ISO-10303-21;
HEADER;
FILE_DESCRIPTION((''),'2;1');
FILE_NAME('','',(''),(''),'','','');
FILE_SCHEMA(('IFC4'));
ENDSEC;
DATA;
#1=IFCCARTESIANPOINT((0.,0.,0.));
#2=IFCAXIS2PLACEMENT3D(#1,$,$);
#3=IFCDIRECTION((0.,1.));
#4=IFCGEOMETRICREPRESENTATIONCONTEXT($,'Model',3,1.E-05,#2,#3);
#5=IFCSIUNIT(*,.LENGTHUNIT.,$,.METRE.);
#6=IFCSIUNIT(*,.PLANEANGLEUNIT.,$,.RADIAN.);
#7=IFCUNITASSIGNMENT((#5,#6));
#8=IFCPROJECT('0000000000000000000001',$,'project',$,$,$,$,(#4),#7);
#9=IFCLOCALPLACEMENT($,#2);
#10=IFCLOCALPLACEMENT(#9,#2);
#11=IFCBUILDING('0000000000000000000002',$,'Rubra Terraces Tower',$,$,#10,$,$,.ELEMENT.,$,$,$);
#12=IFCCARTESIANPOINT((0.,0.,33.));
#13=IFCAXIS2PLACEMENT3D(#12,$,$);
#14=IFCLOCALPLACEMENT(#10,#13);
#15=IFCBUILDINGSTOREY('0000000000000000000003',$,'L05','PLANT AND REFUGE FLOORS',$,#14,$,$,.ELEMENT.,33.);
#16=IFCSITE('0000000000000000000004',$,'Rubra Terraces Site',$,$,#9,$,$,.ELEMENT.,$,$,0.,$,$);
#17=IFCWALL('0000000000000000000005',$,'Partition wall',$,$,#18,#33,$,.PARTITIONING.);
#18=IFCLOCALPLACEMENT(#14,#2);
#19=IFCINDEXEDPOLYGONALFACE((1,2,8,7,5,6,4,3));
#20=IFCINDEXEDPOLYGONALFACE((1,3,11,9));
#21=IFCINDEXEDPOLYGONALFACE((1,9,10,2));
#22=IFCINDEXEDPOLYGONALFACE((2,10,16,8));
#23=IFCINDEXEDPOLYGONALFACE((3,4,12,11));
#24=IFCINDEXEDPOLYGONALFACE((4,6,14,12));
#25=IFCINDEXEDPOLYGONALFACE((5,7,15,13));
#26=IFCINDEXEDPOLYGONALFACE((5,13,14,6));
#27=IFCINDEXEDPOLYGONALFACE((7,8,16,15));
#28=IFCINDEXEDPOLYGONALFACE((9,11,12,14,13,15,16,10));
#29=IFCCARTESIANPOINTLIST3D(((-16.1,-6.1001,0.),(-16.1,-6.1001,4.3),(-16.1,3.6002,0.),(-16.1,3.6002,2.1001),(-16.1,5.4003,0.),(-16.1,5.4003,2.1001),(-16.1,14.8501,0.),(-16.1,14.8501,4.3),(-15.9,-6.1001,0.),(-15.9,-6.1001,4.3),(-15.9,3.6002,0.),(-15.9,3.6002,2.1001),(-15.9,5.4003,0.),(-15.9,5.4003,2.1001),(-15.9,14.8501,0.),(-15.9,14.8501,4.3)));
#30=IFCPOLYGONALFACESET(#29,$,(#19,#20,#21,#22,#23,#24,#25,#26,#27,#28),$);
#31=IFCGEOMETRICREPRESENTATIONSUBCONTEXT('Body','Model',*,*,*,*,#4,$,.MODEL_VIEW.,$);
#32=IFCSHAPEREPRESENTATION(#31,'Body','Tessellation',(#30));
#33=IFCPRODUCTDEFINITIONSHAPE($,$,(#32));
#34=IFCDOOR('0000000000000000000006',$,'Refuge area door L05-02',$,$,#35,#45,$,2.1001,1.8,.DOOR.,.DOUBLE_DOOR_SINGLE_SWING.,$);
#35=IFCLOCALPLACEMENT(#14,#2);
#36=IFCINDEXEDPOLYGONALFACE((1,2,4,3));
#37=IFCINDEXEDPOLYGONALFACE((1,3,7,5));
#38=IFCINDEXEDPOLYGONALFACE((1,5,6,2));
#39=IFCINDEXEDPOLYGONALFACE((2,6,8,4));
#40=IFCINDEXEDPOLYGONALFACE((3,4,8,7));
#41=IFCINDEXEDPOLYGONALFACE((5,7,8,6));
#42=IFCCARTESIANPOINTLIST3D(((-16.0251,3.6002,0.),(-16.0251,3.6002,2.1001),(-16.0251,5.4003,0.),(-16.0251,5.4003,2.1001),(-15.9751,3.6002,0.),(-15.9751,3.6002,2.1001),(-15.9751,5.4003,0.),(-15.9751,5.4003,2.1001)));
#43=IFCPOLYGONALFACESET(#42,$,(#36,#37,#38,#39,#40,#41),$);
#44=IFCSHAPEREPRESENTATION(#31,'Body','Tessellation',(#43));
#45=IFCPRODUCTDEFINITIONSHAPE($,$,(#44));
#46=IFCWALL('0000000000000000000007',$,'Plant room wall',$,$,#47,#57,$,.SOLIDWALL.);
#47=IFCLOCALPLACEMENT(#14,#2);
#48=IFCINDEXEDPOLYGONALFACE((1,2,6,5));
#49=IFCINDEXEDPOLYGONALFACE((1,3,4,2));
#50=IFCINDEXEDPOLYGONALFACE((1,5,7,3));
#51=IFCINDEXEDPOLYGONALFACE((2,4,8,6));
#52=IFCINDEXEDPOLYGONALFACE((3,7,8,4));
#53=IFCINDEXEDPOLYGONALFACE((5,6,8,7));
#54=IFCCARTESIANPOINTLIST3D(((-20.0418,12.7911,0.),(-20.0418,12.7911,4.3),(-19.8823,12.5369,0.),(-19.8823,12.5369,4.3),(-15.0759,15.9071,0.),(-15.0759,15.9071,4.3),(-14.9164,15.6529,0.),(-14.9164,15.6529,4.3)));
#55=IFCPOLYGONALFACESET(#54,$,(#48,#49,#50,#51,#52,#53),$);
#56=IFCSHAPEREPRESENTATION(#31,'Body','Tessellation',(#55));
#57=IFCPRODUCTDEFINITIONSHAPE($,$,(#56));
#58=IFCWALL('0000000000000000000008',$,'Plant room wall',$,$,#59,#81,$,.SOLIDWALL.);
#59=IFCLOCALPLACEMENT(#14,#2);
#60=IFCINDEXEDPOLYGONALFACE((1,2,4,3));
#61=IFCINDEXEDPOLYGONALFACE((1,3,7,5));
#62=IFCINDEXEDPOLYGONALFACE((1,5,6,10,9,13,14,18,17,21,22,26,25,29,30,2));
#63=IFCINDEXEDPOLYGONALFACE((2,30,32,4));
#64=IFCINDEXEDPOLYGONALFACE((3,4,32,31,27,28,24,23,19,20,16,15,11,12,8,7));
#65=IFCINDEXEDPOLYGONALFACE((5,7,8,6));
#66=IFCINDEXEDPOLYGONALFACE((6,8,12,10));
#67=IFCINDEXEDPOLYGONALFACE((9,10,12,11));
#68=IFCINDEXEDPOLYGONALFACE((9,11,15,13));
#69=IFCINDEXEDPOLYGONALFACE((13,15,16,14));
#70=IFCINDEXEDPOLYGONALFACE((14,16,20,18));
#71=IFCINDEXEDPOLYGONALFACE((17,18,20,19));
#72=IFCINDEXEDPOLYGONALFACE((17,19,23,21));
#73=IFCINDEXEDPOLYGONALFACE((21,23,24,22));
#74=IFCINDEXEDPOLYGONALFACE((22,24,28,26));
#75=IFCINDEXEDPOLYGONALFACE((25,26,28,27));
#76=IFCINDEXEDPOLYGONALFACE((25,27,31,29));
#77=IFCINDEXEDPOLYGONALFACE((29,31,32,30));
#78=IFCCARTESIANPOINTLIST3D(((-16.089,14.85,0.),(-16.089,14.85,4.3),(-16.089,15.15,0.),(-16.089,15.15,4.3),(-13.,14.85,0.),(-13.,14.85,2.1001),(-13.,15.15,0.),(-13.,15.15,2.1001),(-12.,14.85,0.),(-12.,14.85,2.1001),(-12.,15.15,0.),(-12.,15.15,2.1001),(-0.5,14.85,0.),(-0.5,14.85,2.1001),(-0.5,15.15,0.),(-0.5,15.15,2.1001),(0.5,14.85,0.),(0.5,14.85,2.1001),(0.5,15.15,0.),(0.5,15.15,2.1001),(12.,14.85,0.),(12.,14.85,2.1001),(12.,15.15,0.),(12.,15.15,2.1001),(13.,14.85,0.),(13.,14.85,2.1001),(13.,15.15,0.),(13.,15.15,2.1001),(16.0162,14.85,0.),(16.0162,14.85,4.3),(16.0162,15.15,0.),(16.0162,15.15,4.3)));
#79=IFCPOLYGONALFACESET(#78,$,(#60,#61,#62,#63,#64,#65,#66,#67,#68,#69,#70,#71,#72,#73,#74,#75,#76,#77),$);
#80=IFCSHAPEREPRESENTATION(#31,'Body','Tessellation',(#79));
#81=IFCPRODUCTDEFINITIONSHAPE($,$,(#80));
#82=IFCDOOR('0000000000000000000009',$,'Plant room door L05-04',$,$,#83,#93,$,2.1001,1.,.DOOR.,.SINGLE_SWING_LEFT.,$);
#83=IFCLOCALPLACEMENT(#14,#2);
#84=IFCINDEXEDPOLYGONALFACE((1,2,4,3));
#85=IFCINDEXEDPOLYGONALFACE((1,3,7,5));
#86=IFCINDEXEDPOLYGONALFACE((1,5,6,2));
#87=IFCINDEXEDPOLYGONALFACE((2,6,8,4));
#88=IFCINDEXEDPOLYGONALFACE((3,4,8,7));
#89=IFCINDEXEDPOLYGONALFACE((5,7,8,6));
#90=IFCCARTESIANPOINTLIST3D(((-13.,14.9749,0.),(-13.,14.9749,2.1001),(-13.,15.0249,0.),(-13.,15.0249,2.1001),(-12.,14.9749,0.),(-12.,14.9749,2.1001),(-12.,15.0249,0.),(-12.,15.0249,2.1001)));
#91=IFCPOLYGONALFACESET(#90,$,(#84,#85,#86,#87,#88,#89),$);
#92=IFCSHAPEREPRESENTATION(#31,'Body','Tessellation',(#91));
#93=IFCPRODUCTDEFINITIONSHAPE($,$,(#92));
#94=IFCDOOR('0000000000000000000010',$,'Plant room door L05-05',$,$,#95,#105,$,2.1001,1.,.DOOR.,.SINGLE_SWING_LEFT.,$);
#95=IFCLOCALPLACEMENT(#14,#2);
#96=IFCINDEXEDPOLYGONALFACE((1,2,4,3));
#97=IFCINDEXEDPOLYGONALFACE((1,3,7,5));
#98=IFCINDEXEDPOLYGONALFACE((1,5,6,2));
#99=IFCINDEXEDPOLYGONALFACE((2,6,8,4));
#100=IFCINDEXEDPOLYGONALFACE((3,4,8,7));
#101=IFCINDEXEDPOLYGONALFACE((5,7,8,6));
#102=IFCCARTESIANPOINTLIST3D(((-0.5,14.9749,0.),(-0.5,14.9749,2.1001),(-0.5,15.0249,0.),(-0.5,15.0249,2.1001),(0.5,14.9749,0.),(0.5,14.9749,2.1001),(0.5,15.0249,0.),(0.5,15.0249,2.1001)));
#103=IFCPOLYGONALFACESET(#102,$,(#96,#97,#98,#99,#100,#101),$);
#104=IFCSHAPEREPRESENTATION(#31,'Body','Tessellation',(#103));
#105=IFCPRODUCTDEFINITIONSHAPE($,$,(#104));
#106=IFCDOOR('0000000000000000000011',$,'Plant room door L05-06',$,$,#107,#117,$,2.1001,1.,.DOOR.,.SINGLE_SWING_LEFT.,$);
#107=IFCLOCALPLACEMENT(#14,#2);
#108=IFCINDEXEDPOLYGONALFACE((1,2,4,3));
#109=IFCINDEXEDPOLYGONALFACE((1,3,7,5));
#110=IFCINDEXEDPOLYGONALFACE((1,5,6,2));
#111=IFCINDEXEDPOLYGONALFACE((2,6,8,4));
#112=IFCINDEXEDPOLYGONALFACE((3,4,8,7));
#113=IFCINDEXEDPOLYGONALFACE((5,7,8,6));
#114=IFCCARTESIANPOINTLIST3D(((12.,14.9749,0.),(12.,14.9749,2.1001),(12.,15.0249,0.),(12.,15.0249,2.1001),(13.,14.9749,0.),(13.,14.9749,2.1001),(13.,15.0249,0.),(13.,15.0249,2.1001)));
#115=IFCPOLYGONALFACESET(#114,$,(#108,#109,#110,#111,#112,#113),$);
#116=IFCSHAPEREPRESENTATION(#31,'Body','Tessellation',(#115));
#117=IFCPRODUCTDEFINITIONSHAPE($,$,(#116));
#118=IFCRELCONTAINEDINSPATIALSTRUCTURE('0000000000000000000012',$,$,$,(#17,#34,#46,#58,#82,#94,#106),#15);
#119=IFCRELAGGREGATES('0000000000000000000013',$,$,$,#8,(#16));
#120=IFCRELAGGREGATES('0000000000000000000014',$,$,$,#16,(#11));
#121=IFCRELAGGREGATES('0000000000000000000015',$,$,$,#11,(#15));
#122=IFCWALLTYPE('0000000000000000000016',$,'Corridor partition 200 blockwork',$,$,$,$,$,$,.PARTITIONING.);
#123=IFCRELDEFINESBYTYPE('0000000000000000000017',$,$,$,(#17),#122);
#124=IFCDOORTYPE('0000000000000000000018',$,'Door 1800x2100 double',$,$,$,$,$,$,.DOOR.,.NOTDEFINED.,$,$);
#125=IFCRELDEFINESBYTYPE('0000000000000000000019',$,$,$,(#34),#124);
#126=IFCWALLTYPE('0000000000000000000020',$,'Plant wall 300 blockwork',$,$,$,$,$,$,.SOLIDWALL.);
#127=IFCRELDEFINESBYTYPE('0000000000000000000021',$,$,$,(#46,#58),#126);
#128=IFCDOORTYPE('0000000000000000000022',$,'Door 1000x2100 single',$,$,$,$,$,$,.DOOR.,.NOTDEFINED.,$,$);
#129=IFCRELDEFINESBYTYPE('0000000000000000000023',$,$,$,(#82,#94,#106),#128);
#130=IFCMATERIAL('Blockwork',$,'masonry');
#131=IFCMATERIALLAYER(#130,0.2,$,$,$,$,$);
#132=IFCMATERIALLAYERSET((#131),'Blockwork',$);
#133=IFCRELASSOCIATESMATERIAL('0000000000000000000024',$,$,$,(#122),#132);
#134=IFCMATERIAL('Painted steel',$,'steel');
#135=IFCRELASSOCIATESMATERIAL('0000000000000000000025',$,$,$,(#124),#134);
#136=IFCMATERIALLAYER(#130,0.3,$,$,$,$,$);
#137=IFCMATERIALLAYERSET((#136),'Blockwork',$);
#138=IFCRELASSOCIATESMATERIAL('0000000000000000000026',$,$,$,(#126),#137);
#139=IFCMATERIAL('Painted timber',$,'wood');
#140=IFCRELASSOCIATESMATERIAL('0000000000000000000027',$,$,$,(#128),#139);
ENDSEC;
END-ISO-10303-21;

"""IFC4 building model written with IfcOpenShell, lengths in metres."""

from ifc_helpers import new_model, si_unit, direction, frame, frame_2d, origin, place, context, subcontext, project, spatial, rectangle, extrude, material, layer, layer_set, type_object, element, fill, save


model = new_model("IFC4")

# Units and contexts
model_context = context("Model", 3, precision=1e-05, world=origin(), true_north=direction((0.0, 1.0)))
body_context = subcontext(model_context, "Body", "Model", "MODEL_VIEW")
ifc_project = project(units=[si_unit("LENGTHUNIT", "METRE"), si_unit("PLANEANGLEUNIT", "RADIAN")], contexts=[model_context])

# Site, building, storey
site_placement = place(None, origin())
site = spatial("IfcSite", under=ifc_project, at=site_placement, Name="Rubra Terraces Site", CompositionType="ELEMENT", RefElevation=0.0)
building_placement = place(site_placement, origin())
building = spatial("IfcBuilding", under=site, at=building_placement, Name="Rubra Terraces Tower", CompositionType="ELEMENT")
storey_placement = place(building_placement, frame((0.0, 0.0, 33.0)))
storey = spatial("IfcBuildingStorey", under=building, at=storey_placement, Name="L05", Description="PLANT AND REFUGE FLOORS", CompositionType="ELEMENT", Elevation=33.0)

# Wall, opening, door
ifc_material_1 = material(Name="Blockwork", Category="masonry")
ifc_layer_1 = layer(ifc_material_1, 0.2)
ifc_layer_set_1 = layer_set([ifc_layer_1], Name="Blockwork")
wall_type_1 = type_object("IfcWallType", Name="Corridor partition 200 blockwork", PredefinedType="PARTITIONING", material=ifc_layer_set_1)
wall_1_placement = place(storey_placement, frame((-16.0, 14.8501, 0.0), z_axis=(0.0, 0.0, 1.0), x_axis=(0.0, -1.0, 0.0)))
wall_1 = element("IfcWall", 1, at=wall_1_placement, inside=storey, type_object=wall_type_1, Name="Partition wall", PredefinedType="PARTITIONING", context=body_context, shape_type="SweptSolid", body=[
    extrude(rectangle(XDim=20.9502, YDim=0.2, at=frame_2d((10.4751, 0.0))), origin(), (0.0, 0.0, 1.0), 4.3),
])
opening_1_placement = place(wall_1_placement, frame((9.45, 0.0, 0.0)))
opening_1 = element("IfcOpeningElement", 2, at=opening_1_placement, cuts=wall_1, PredefinedType="OPENING", context=body_context, shape_type="SweptSolid", body=[
    extrude(rectangle(XDim=1.8, YDim=2.1001, at=frame_2d((0.8999, 1.05))), frame((0.0, 0.1099, 0.0), z_axis=(0.0, -1.0, 0.0), x_axis=(1.0, 0.0, 0.0)), (0.0, 0.0, 1.0), 0.22),
])
ifc_material_2 = material(Name="Painted steel", Category="steel")
door_type_1 = type_object("IfcDoorType", Name="Door 1800x2100 double", OperationType="NOTDEFINED", PredefinedType="DOOR", material=ifc_material_2)
door_1_placement = place(opening_1_placement, origin())
door_1 = element("IfcDoor", 3, at=door_1_placement, inside=storey, type_object=door_type_1, Name="Refuge area door L05-02", OperationType="DOUBLE_DOOR_SINGLE_SWING", OverallHeight=2.1001, OverallWidth=1.8, PredefinedType="DOOR", context=body_context, shape_type="SweptSolid", body=[
    extrude(rectangle(XDim=1.8, YDim=2.1001, at=frame_2d((0.8999, 1.05))), frame((0.0, 0.0249, 0.0), z_axis=(0.0, -1.0, 0.0), x_axis=(1.0, 0.0, 0.0)), (0.0, 0.0, 1.0), 0.05),
])
fill(opening_1, door_1)

# Wall
ifc_layer_2 = layer(ifc_material_1, 0.3)
ifc_layer_set_2 = layer_set([ifc_layer_2], Name="Blockwork")
wall_type_2 = type_object("IfcWallType", Name="Plant wall 300 blockwork", PredefinedType="SOLIDWALL", material=ifc_layer_set_2)
wall_2_placement = place(storey_placement, frame((-19.9619, 12.6641, 0.0), z_axis=(0.0, 0.0, 1.0), x_axis=(0.847052, 0.53151, 0.0)))
element("IfcWall", 4, at=wall_2_placement, inside=storey, type_object=wall_type_2, Name="Plant room wall", PredefinedType="SOLIDWALL", context=body_context, shape_type="SweptSolid", body=[
    extrude(rectangle(XDim=5.8625, YDim=0.3, at=frame_2d((2.9312, 0.0))), origin(), (0.0, 0.0, 1.0), 4.3),
])

# Wall, openings, doors
wall_3_placement = place(storey_placement, frame((-16.0891, 15.0, 0.0), z_axis=(0.0, 0.0, 1.0), x_axis=(1.0, 0.0, 0.0)))
wall_3 = element("IfcWall", 5, at=wall_3_placement, inside=storey, type_object=wall_type_2, Name="Plant room wall", PredefinedType="SOLIDWALL", context=body_context, shape_type="SweptSolid", body=[
    extrude(rectangle(XDim=32.1052, YDim=0.3, at=frame_2d((16.0527, 0.0))), origin(), (0.0, 0.0, 1.0), 4.3),
])
opening_2_placement = place(wall_3_placement, frame((3.0891, 0.0, 0.0)))
opening_2 = element("IfcOpeningElement", 6, at=opening_2_placement, cuts=wall_3, PredefinedType="OPENING", context=body_context, shape_type="SweptSolid", body=[
    extrude(rectangle(XDim=1.0, YDim=2.1001, at=frame_2d((0.5, 1.05))), frame((0.0, 0.1599, 0.0), z_axis=(0.0, -1.0, 0.0), x_axis=(1.0, 0.0, 0.0)), (0.0, 0.0, 1.0), 0.3201),
])
opening_3_placement = place(wall_3_placement, frame((15.5891, 0.0, 0.0)))
opening_3 = element("IfcOpeningElement", 7, at=opening_3_placement, cuts=wall_3, PredefinedType="OPENING", context=body_context, shape_type="SweptSolid", body=[
    extrude(rectangle(XDim=1.0, YDim=2.1001, at=frame_2d((0.5, 1.05))), frame((0.0, 0.1599, 0.0), z_axis=(0.0, -1.0, 0.0), x_axis=(1.0, 0.0, 0.0)), (0.0, 0.0, 1.0), 0.3201),
])
opening_4_placement = place(wall_3_placement, frame((28.0891, 0.0, 0.0)))
opening_4 = element("IfcOpeningElement", 8, at=opening_4_placement, cuts=wall_3, PredefinedType="OPENING", context=body_context, shape_type="SweptSolid", body=[
    extrude(rectangle(XDim=1.0, YDim=2.1001, at=frame_2d((0.5, 1.05))), frame((0.0, 0.1599, 0.0), z_axis=(0.0, -1.0, 0.0), x_axis=(1.0, 0.0, 0.0)), (0.0, 0.0, 1.0), 0.3201),
])
ifc_material_3 = material(Name="Painted timber", Category="wood")
door_type_2 = type_object("IfcDoorType", Name="Door 1000x2100 single", OperationType="NOTDEFINED", PredefinedType="DOOR", material=ifc_material_3)
door_2_placement = place(opening_2_placement, origin())
door_2 = element("IfcDoor", 9, at=door_2_placement, inside=storey, type_object=door_type_2, Name="Plant room door L05-04", OperationType="SINGLE_SWING_LEFT", OverallHeight=2.1001, OverallWidth=1.0, PredefinedType="DOOR", context=body_context, shape_type="SweptSolid", body=[
    extrude(rectangle(XDim=1.0, YDim=2.1001, at=frame_2d((0.5, 1.05))), frame((0.0, 0.0249, 0.0), z_axis=(0.0, -1.0, 0.0), x_axis=(1.0, 0.0, 0.0)), (0.0, 0.0, 1.0), 0.05),
])
fill(opening_2, door_2)
door_3_placement = place(opening_3_placement, origin())
door_3 = element("IfcDoor", 10, at=door_3_placement, inside=storey, type_object=door_type_2, Name="Plant room door L05-05", OperationType="SINGLE_SWING_LEFT", OverallHeight=2.1001, OverallWidth=1.0, PredefinedType="DOOR", context=body_context, shape_type="SweptSolid", body=[
    extrude(rectangle(XDim=1.0, YDim=2.1001, at=frame_2d((0.5, 1.05))), frame((0.0, 0.0249, 0.0), z_axis=(0.0, -1.0, 0.0), x_axis=(1.0, 0.0, 0.0)), (0.0, 0.0, 1.0), 0.05),
])
fill(opening_3, door_3)
door_4_placement = place(opening_4_placement, origin())
door_4 = element("IfcDoor", 11, at=door_4_placement, inside=storey, type_object=door_type_2, Name="Plant room door L05-06", OperationType="SINGLE_SWING_LEFT", OverallHeight=2.1001, OverallWidth=1.0, PredefinedType="DOOR", context=body_context, shape_type="SweptSolid", body=[
    extrude(rectangle(XDim=1.0, YDim=2.1001, at=frame_2d((0.5, 1.05))), frame((0.0, 0.0249, 0.0), z_axis=(0.0, -1.0, 0.0), x_axis=(1.0, 0.0, 0.0)), (0.0, 0.0, 1.0), 0.05),
])
fill(opening_4, door_4)

save(model, "model.ifc")
